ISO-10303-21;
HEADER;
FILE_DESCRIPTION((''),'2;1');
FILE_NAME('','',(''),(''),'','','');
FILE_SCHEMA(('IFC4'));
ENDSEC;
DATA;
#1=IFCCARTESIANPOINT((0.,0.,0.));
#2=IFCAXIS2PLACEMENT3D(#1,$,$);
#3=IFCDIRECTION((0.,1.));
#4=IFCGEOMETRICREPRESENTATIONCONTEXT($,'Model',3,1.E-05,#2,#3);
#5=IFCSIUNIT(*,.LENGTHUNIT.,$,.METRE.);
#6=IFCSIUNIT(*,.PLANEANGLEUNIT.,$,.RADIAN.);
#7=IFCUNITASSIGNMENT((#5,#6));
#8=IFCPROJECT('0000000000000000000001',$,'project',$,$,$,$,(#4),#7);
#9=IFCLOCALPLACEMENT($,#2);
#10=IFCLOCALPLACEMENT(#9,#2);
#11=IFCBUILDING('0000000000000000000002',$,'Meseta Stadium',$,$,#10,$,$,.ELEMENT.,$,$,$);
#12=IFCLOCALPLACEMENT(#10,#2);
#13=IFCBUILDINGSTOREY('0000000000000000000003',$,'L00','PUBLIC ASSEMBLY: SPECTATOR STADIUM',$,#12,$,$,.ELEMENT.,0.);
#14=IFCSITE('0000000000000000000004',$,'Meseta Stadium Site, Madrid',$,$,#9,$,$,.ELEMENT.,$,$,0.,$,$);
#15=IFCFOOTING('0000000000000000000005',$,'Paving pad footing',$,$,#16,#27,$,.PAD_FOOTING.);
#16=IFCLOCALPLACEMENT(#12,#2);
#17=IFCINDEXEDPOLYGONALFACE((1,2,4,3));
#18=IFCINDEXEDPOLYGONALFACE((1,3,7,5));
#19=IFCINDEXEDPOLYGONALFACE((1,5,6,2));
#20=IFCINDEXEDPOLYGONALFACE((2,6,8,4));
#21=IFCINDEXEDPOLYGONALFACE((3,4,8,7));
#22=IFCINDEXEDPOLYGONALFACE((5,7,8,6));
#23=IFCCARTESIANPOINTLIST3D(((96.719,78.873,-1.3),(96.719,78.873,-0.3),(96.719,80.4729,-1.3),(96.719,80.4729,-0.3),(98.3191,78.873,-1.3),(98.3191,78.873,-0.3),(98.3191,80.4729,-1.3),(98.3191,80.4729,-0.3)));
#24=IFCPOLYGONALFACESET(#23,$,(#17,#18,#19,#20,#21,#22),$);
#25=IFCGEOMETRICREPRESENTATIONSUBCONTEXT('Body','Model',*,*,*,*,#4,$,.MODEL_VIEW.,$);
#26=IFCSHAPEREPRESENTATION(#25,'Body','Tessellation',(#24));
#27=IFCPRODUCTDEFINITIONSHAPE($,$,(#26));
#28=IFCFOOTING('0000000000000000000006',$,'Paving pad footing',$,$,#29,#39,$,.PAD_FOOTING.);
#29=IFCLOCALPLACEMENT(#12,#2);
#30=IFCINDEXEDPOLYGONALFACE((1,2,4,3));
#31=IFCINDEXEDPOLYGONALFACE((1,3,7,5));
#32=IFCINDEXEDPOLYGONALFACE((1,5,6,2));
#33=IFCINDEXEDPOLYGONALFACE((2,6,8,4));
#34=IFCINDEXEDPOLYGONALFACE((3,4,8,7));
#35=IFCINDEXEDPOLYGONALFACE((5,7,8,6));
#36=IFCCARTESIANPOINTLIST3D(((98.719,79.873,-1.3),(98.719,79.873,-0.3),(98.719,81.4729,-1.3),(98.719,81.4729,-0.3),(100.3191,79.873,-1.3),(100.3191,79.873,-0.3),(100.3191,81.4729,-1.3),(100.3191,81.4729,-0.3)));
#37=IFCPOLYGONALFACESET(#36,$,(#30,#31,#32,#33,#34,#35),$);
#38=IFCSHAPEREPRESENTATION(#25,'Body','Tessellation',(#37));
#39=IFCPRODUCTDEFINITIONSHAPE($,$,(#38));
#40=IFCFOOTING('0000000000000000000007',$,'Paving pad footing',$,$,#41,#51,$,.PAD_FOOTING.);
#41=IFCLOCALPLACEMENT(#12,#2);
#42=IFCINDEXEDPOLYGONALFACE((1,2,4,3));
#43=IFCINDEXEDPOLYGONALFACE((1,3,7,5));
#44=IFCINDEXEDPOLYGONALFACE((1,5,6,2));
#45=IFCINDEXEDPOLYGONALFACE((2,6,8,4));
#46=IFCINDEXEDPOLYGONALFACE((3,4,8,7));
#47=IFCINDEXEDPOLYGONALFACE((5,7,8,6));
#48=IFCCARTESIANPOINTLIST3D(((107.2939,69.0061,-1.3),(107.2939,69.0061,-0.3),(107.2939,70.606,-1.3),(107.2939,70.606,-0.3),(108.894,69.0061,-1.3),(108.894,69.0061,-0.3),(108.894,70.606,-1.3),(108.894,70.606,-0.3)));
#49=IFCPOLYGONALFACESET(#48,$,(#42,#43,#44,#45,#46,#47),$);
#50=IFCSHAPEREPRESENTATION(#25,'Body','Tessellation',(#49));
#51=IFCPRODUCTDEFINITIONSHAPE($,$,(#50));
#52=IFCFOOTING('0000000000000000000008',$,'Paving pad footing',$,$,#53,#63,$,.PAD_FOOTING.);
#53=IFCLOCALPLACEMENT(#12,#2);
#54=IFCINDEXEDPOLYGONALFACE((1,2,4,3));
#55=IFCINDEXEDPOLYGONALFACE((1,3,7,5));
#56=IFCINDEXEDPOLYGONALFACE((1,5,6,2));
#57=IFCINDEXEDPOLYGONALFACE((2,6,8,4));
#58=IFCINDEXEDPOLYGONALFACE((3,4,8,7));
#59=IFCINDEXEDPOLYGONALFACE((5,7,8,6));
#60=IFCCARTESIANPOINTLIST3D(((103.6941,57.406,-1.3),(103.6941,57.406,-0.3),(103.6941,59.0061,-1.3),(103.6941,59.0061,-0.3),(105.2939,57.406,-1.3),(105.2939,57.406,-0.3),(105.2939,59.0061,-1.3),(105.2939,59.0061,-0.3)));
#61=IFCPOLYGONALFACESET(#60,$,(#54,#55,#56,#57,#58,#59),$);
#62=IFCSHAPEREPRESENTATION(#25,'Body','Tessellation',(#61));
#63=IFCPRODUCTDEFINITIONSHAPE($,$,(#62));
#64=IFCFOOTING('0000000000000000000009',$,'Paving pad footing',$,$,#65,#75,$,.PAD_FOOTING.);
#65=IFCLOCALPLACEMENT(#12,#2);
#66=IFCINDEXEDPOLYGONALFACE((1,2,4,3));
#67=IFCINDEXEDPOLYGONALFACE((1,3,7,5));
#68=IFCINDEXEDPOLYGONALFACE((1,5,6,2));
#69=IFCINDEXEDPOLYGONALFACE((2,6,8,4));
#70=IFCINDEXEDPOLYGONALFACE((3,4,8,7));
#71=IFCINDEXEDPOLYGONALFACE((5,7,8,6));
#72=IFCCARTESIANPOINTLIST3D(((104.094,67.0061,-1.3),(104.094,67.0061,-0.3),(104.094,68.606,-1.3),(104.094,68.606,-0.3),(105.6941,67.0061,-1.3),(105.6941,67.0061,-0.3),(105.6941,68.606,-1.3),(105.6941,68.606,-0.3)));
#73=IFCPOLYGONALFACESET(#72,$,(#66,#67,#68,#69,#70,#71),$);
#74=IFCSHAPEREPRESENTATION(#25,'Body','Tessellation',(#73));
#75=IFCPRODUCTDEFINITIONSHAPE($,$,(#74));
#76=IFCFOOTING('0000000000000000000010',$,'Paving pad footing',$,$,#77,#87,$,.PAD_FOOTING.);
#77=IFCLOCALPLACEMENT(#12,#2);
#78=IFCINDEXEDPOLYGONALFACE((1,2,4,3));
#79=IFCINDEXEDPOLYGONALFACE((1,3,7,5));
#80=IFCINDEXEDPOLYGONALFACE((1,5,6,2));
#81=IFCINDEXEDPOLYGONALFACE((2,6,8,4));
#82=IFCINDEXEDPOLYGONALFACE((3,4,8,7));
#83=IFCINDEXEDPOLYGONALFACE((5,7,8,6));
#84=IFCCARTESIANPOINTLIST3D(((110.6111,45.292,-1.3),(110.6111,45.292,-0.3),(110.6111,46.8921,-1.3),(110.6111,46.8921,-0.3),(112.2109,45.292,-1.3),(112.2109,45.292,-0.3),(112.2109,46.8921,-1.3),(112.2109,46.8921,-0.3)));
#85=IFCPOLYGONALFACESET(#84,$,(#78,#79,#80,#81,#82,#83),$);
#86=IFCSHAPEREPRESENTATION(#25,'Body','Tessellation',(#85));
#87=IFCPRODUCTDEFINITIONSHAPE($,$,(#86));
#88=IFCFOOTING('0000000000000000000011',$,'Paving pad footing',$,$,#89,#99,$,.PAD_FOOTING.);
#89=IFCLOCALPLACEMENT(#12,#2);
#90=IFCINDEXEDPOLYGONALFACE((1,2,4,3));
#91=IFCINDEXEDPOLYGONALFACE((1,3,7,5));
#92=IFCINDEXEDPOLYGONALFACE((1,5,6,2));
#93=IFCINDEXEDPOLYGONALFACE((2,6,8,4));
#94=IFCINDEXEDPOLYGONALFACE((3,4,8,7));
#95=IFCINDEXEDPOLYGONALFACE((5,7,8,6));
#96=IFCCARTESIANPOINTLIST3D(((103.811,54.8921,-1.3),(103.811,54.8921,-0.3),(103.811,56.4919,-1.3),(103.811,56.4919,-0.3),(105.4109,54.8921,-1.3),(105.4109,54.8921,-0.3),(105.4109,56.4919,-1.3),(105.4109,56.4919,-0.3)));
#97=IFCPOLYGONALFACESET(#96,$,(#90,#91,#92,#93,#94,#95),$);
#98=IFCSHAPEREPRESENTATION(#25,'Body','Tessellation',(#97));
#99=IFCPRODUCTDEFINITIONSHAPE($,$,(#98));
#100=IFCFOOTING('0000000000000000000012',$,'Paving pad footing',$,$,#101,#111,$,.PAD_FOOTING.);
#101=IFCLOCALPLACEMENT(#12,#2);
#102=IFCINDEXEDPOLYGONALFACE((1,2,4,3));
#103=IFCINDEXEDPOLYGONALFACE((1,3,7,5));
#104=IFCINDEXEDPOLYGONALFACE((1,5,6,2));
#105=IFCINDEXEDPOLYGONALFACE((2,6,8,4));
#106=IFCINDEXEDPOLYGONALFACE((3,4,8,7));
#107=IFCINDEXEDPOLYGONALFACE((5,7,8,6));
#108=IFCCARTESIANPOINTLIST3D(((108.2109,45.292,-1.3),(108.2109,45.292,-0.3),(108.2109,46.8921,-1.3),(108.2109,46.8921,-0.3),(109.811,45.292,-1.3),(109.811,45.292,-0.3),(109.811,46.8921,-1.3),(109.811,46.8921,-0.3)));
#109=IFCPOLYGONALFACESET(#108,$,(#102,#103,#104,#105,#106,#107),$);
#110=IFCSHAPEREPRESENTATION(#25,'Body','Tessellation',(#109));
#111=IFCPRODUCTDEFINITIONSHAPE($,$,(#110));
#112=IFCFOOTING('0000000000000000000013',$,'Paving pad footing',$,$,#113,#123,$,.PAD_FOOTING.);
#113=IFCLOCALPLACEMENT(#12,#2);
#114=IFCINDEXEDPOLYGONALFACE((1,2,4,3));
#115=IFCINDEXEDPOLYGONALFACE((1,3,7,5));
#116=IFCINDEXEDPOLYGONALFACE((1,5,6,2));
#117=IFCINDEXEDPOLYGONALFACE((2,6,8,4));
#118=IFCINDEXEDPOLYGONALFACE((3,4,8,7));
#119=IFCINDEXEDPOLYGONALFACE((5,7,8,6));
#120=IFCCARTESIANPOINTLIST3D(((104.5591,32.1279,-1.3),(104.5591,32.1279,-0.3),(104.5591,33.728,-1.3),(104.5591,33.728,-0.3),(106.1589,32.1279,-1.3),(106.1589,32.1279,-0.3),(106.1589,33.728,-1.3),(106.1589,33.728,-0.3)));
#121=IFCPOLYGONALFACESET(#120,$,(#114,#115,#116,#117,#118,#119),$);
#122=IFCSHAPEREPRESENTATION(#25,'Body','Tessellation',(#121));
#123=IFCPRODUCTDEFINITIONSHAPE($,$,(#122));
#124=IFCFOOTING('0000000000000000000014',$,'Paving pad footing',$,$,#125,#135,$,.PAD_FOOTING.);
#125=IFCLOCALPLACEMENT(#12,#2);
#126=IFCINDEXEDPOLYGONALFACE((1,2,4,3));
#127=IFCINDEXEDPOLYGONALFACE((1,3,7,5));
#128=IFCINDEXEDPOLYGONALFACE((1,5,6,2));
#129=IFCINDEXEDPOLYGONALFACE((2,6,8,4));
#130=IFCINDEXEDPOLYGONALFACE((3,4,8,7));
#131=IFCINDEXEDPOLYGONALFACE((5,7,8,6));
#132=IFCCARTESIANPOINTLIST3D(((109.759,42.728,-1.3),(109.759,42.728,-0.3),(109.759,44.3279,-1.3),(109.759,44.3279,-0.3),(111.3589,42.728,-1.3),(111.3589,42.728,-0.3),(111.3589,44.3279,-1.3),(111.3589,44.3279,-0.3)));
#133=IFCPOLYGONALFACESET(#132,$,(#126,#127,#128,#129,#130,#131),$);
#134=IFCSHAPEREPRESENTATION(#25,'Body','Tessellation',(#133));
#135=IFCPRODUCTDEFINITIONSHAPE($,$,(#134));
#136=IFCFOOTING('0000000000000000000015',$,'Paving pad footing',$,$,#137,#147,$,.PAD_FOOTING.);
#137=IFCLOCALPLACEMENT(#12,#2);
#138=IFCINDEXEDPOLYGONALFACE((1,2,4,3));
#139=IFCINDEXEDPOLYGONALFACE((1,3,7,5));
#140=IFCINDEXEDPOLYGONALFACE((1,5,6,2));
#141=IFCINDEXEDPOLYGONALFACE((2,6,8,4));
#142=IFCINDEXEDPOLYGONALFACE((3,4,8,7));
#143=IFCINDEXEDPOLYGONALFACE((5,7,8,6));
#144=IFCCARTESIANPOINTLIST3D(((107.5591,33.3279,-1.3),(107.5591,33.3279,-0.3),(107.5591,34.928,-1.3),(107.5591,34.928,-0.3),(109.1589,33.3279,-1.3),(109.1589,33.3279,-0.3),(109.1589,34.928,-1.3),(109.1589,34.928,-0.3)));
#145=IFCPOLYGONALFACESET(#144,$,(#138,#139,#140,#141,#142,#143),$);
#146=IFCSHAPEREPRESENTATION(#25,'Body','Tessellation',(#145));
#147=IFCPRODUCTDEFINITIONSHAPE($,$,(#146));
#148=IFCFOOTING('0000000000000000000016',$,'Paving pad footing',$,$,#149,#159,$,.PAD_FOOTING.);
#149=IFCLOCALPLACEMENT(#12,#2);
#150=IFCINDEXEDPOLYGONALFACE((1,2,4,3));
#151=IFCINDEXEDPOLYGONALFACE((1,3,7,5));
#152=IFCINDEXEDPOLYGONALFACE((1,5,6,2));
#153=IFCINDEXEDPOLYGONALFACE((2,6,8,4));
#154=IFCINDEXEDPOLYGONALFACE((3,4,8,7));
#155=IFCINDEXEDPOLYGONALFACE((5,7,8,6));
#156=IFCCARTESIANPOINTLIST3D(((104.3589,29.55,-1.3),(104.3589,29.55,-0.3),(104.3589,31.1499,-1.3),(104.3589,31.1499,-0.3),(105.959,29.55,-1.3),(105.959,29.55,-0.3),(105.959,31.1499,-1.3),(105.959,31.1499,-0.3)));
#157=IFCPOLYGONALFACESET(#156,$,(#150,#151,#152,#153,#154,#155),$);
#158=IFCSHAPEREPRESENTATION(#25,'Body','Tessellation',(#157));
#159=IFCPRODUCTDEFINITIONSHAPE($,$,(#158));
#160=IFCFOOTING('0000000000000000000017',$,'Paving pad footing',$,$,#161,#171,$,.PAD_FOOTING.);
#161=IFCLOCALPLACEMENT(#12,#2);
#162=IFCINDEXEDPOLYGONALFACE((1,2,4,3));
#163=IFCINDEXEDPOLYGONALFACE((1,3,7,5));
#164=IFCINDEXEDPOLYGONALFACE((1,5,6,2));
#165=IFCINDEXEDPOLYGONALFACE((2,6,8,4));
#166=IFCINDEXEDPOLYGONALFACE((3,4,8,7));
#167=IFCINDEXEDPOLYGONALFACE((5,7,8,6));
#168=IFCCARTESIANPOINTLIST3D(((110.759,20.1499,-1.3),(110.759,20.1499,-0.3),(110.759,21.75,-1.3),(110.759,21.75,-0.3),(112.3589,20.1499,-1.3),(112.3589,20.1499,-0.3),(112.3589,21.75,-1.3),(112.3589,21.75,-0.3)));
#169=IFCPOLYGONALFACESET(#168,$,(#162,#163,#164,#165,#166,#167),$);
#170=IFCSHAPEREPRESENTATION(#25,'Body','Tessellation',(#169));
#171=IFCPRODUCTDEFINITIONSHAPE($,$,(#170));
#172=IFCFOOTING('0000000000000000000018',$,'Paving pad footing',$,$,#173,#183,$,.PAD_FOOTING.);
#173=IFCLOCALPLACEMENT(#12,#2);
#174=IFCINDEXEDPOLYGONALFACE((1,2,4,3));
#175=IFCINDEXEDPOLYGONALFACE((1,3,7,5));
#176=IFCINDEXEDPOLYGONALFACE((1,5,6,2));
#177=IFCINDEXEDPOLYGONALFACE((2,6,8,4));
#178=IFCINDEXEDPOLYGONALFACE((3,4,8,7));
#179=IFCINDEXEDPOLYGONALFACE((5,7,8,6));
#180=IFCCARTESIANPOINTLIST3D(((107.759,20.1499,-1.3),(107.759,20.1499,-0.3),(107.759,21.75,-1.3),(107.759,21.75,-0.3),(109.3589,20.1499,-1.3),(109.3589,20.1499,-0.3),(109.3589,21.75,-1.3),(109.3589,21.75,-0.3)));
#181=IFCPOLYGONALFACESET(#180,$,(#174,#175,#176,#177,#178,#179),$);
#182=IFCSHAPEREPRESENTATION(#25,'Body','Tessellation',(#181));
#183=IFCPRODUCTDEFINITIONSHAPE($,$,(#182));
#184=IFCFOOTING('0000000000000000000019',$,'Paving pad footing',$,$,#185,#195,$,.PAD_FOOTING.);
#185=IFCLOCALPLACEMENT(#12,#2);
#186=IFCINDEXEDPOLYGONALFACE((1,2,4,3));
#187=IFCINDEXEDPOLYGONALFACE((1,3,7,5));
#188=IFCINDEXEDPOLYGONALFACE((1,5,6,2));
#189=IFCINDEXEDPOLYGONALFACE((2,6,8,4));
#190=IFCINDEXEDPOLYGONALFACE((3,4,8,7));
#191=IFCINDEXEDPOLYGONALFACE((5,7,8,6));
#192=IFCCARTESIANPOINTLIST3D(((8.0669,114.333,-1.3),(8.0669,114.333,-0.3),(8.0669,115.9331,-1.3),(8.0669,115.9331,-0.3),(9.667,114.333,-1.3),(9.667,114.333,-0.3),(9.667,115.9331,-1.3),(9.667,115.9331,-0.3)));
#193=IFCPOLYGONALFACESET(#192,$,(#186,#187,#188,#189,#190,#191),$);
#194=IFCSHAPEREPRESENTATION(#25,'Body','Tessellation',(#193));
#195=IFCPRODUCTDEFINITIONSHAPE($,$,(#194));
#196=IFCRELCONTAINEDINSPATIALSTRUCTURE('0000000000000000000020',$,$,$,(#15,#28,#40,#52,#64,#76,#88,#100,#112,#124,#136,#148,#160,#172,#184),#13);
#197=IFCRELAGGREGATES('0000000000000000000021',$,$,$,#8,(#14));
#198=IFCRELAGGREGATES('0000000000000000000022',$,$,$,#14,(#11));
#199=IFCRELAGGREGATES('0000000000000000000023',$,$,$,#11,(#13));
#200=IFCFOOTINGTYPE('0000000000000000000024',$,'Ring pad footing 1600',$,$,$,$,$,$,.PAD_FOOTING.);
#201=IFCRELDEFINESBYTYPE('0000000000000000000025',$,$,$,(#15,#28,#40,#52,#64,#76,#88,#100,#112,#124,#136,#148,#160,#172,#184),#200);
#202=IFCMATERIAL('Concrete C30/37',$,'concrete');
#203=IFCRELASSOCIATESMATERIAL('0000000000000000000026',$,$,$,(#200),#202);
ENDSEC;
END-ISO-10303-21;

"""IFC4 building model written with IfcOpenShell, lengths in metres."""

from ifc_helpers import new_model, si_unit, direction, frame, origin, place, context, subcontext, project, spatial, polyline, outline, extrude, material, type_object, element, save


model = new_model("IFC4")

# Units and contexts
model_context = context("Model", 3, precision=1e-05, world=origin(), true_north=direction((0.0, 1.0)))
body_context = subcontext(model_context, "Body", "Model", "MODEL_VIEW")
ifc_project = project(units=[si_unit("LENGTHUNIT", "METRE"), si_unit("PLANEANGLEUNIT", "RADIAN")], contexts=[model_context])

# Site, building, storey
site_placement = place(None, origin())
site = spatial("IfcSite", under=ifc_project, at=site_placement, Name="Meseta Stadium Site, Madrid", CompositionType="ELEMENT", RefElevation=0.0)
building_placement = place(site_placement, origin())
building = spatial("IfcBuilding", under=site, at=building_placement, Name="Meseta Stadium", CompositionType="ELEMENT")
storey_placement = place(building_placement, origin())
storey = spatial("IfcBuildingStorey", under=building, at=storey_placement, Name="L00", Description="PUBLIC ASSEMBLY: SPECTATOR STADIUM", CompositionType="ELEMENT", Elevation=0.0)

# Footings
ifc_material_1 = material(Name="Concrete C30/37", Category="concrete")
footing_type_1 = type_object("IfcFootingType", Name="Ring pad footing 1600", PredefinedType="PAD_FOOTING", material=ifc_material_1)
footing_1_placement = place(storey_placement, frame((0.0, 0.0, -1.3)))
element("IfcFooting", 1, at=footing_1_placement, inside=storey, type_object=footing_type_1, Name="Paving pad footing", PredefinedType="PAD_FOOTING", context=body_context, shape_type="SweptSolid", body=[
    extrude(outline(polyline([(98.3191, 78.873), (98.3191, 80.4729), (96.719, 80.4729), (96.719, 78.873), (98.3191, 78.873)])), origin(), (0.0, 0.0, 1.0), 1.0),
])
footing_2_placement = place(storey_placement, frame((0.0, 0.0, -1.3)))
element("IfcFooting", 2, at=footing_2_placement, inside=storey, type_object=footing_type_1, Name="Paving pad footing", PredefinedType="PAD_FOOTING", context=body_context, shape_type="SweptSolid", body=[
    extrude(outline(polyline([(100.3191, 79.873), (100.3191, 81.4729), (98.719, 81.4729), (98.719, 79.873), (100.3191, 79.873)])), origin(), (0.0, 0.0, 1.0), 1.0),
])
footing_3_placement = place(storey_placement, frame((0.0, 0.0, -1.3)))
element("IfcFooting", 3, at=footing_3_placement, inside=storey, type_object=footing_type_1, Name="Paving pad footing", PredefinedType="PAD_FOOTING", context=body_context, shape_type="SweptSolid", body=[
    extrude(outline(polyline([(108.894, 69.0061), (108.894, 70.606), (107.2939, 70.606), (107.2939, 69.0061), (108.894, 69.0061)])), origin(), (0.0, 0.0, 1.0), 1.0),
])
footing_4_placement = place(storey_placement, frame((0.0, 0.0, -1.3)))
element("IfcFooting", 4, at=footing_4_placement, inside=storey, type_object=footing_type_1, Name="Paving pad footing", PredefinedType="PAD_FOOTING", context=body_context, shape_type="SweptSolid", body=[
    extrude(outline(polyline([(105.2939, 57.406), (105.2939, 59.0061), (103.6941, 59.0061), (103.6941, 57.406), (105.2939, 57.406)])), origin(), (0.0, 0.0, 1.0), 1.0),
])
footing_5_placement = place(storey_placement, frame((0.0, 0.0, -1.3)))
element("IfcFooting", 5, at=footing_5_placement, inside=storey, type_object=footing_type_1, Name="Paving pad footing", PredefinedType="PAD_FOOTING", context=body_context, shape_type="SweptSolid", body=[
    extrude(outline(polyline([(105.6941, 67.0061), (105.6941, 68.606), (104.094, 68.606), (104.094, 67.0061), (105.6941, 67.0061)])), origin(), (0.0, 0.0, 1.0), 1.0),
])
footing_6_placement = place(storey_placement, frame((0.0, 0.0, -1.3)))
element("IfcFooting", 6, at=footing_6_placement, inside=storey, type_object=footing_type_1, Name="Paving pad footing", PredefinedType="PAD_FOOTING", context=body_context, shape_type="SweptSolid", body=[
    extrude(outline(polyline([(112.2109, 45.292), (112.2109, 46.8921), (110.6111, 46.8921), (110.6111, 45.292), (112.2109, 45.292)])), origin(), (0.0, 0.0, 1.0), 1.0),
])
footing_7_placement = place(storey_placement, frame((0.0, 0.0, -1.3)))
element("IfcFooting", 7, at=footing_7_placement, inside=storey, type_object=footing_type_1, Name="Paving pad footing", PredefinedType="PAD_FOOTING", context=body_context, shape_type="SweptSolid", body=[
    extrude(outline(polyline([(105.4109, 54.8921), (105.4109, 56.4919), (103.811, 56.4919), (103.811, 54.8921), (105.4109, 54.8921)])), origin(), (0.0, 0.0, 1.0), 1.0),
])
footing_8_placement = place(storey_placement, frame((0.0, 0.0, -1.3)))
element("IfcFooting", 8, at=footing_8_placement, inside=storey, type_object=footing_type_1, Name="Paving pad footing", PredefinedType="PAD_FOOTING", context=body_context, shape_type="SweptSolid", body=[
    extrude(outline(polyline([(109.811, 45.292), (109.811, 46.8921), (108.2109, 46.8921), (108.2109, 45.292), (109.811, 45.292)])), origin(), (0.0, 0.0, 1.0), 1.0),
])
footing_9_placement = place(storey_placement, frame((0.0, 0.0, -1.3)))
element("IfcFooting", 9, at=footing_9_placement, inside=storey, type_object=footing_type_1, Name="Paving pad footing", PredefinedType="PAD_FOOTING", context=body_context, shape_type="SweptSolid", body=[
    extrude(outline(polyline([(106.1589, 32.1279), (106.1589, 33.728), (104.5591, 33.728), (104.5591, 32.1279), (106.1589, 32.1279)])), origin(), (0.0, 0.0, 1.0), 1.0),
])
footing_10_placement = place(storey_placement, frame((0.0, 0.0, -1.3)))
element("IfcFooting", 10, at=footing_10_placement, inside=storey, type_object=footing_type_1, Name="Paving pad footing", PredefinedType="PAD_FOOTING", context=body_context, shape_type="SweptSolid", body=[
    extrude(outline(polyline([(111.3589, 42.728), (111.3589, 44.3279), (109.759, 44.3279), (109.759, 42.728), (111.3589, 42.728)])), origin(), (0.0, 0.0, 1.0), 1.0),
])
footing_11_placement = place(storey_placement, frame((0.0, 0.0, -1.3)))
element("IfcFooting", 11, at=footing_11_placement, inside=storey, type_object=footing_type_1, Name="Paving pad footing", PredefinedType="PAD_FOOTING", context=body_context, shape_type="SweptSolid", body=[
    extrude(outline(polyline([(109.1589, 33.3279), (109.1589, 34.928), (107.5591, 34.928), (107.5591, 33.3279), (109.1589, 33.3279)])), origin(), (0.0, 0.0, 1.0), 1.0),
])
footing_12_placement = place(storey_placement, frame((0.0, 0.0, -1.3)))
element("IfcFooting", 12, at=footing_12_placement, inside=storey, type_object=footing_type_1, Name="Paving pad footing", PredefinedType="PAD_FOOTING", context=body_context, shape_type="SweptSolid", body=[
    extrude(outline(polyline([(105.959, 29.55), (105.959, 31.1499), (104.3589, 31.1499), (104.3589, 29.55), (105.959, 29.55)])), origin(), (0.0, 0.0, 1.0), 1.0),
])
footing_13_placement = place(storey_placement, frame((0.0, 0.0, -1.3)))
element("IfcFooting", 13, at=footing_13_placement, inside=storey, type_object=footing_type_1, Name="Paving pad footing", PredefinedType="PAD_FOOTING", context=body_context, shape_type="SweptSolid", body=[
    extrude(outline(polyline([(112.3589, 20.1499), (112.3589, 21.75), (110.759, 21.75), (110.759, 20.1499), (112.3589, 20.1499)])), origin(), (0.0, 0.0, 1.0), 1.0),
])
footing_14_placement = place(storey_placement, frame((0.0, 0.0, -1.3)))
element("IfcFooting", 14, at=footing_14_placement, inside=storey, type_object=footing_type_1, Name="Paving pad footing", PredefinedType="PAD_FOOTING", context=body_context, shape_type="SweptSolid", body=[
    extrude(outline(polyline([(109.3589, 20.1499), (109.3589, 21.75), (107.759, 21.75), (107.759, 20.1499), (109.3589, 20.1499)])), origin(), (0.0, 0.0, 1.0), 1.0),
])
footing_15_placement = place(storey_placement, frame((0.0, 0.0, -1.3)))
element("IfcFooting", 15, at=footing_15_placement, inside=storey, type_object=footing_type_1, Name="Paving pad footing", PredefinedType="PAD_FOOTING", context=body_context, shape_type="SweptSolid", body=[
    extrude(outline(polyline([(9.667, 114.333), (9.667, 115.9331), (8.0669, 115.9331), (8.0669, 114.333), (9.667, 114.333)])), origin(), (0.0, 0.0, 1.0), 1.0),
])

save(model, "model.ifc")
